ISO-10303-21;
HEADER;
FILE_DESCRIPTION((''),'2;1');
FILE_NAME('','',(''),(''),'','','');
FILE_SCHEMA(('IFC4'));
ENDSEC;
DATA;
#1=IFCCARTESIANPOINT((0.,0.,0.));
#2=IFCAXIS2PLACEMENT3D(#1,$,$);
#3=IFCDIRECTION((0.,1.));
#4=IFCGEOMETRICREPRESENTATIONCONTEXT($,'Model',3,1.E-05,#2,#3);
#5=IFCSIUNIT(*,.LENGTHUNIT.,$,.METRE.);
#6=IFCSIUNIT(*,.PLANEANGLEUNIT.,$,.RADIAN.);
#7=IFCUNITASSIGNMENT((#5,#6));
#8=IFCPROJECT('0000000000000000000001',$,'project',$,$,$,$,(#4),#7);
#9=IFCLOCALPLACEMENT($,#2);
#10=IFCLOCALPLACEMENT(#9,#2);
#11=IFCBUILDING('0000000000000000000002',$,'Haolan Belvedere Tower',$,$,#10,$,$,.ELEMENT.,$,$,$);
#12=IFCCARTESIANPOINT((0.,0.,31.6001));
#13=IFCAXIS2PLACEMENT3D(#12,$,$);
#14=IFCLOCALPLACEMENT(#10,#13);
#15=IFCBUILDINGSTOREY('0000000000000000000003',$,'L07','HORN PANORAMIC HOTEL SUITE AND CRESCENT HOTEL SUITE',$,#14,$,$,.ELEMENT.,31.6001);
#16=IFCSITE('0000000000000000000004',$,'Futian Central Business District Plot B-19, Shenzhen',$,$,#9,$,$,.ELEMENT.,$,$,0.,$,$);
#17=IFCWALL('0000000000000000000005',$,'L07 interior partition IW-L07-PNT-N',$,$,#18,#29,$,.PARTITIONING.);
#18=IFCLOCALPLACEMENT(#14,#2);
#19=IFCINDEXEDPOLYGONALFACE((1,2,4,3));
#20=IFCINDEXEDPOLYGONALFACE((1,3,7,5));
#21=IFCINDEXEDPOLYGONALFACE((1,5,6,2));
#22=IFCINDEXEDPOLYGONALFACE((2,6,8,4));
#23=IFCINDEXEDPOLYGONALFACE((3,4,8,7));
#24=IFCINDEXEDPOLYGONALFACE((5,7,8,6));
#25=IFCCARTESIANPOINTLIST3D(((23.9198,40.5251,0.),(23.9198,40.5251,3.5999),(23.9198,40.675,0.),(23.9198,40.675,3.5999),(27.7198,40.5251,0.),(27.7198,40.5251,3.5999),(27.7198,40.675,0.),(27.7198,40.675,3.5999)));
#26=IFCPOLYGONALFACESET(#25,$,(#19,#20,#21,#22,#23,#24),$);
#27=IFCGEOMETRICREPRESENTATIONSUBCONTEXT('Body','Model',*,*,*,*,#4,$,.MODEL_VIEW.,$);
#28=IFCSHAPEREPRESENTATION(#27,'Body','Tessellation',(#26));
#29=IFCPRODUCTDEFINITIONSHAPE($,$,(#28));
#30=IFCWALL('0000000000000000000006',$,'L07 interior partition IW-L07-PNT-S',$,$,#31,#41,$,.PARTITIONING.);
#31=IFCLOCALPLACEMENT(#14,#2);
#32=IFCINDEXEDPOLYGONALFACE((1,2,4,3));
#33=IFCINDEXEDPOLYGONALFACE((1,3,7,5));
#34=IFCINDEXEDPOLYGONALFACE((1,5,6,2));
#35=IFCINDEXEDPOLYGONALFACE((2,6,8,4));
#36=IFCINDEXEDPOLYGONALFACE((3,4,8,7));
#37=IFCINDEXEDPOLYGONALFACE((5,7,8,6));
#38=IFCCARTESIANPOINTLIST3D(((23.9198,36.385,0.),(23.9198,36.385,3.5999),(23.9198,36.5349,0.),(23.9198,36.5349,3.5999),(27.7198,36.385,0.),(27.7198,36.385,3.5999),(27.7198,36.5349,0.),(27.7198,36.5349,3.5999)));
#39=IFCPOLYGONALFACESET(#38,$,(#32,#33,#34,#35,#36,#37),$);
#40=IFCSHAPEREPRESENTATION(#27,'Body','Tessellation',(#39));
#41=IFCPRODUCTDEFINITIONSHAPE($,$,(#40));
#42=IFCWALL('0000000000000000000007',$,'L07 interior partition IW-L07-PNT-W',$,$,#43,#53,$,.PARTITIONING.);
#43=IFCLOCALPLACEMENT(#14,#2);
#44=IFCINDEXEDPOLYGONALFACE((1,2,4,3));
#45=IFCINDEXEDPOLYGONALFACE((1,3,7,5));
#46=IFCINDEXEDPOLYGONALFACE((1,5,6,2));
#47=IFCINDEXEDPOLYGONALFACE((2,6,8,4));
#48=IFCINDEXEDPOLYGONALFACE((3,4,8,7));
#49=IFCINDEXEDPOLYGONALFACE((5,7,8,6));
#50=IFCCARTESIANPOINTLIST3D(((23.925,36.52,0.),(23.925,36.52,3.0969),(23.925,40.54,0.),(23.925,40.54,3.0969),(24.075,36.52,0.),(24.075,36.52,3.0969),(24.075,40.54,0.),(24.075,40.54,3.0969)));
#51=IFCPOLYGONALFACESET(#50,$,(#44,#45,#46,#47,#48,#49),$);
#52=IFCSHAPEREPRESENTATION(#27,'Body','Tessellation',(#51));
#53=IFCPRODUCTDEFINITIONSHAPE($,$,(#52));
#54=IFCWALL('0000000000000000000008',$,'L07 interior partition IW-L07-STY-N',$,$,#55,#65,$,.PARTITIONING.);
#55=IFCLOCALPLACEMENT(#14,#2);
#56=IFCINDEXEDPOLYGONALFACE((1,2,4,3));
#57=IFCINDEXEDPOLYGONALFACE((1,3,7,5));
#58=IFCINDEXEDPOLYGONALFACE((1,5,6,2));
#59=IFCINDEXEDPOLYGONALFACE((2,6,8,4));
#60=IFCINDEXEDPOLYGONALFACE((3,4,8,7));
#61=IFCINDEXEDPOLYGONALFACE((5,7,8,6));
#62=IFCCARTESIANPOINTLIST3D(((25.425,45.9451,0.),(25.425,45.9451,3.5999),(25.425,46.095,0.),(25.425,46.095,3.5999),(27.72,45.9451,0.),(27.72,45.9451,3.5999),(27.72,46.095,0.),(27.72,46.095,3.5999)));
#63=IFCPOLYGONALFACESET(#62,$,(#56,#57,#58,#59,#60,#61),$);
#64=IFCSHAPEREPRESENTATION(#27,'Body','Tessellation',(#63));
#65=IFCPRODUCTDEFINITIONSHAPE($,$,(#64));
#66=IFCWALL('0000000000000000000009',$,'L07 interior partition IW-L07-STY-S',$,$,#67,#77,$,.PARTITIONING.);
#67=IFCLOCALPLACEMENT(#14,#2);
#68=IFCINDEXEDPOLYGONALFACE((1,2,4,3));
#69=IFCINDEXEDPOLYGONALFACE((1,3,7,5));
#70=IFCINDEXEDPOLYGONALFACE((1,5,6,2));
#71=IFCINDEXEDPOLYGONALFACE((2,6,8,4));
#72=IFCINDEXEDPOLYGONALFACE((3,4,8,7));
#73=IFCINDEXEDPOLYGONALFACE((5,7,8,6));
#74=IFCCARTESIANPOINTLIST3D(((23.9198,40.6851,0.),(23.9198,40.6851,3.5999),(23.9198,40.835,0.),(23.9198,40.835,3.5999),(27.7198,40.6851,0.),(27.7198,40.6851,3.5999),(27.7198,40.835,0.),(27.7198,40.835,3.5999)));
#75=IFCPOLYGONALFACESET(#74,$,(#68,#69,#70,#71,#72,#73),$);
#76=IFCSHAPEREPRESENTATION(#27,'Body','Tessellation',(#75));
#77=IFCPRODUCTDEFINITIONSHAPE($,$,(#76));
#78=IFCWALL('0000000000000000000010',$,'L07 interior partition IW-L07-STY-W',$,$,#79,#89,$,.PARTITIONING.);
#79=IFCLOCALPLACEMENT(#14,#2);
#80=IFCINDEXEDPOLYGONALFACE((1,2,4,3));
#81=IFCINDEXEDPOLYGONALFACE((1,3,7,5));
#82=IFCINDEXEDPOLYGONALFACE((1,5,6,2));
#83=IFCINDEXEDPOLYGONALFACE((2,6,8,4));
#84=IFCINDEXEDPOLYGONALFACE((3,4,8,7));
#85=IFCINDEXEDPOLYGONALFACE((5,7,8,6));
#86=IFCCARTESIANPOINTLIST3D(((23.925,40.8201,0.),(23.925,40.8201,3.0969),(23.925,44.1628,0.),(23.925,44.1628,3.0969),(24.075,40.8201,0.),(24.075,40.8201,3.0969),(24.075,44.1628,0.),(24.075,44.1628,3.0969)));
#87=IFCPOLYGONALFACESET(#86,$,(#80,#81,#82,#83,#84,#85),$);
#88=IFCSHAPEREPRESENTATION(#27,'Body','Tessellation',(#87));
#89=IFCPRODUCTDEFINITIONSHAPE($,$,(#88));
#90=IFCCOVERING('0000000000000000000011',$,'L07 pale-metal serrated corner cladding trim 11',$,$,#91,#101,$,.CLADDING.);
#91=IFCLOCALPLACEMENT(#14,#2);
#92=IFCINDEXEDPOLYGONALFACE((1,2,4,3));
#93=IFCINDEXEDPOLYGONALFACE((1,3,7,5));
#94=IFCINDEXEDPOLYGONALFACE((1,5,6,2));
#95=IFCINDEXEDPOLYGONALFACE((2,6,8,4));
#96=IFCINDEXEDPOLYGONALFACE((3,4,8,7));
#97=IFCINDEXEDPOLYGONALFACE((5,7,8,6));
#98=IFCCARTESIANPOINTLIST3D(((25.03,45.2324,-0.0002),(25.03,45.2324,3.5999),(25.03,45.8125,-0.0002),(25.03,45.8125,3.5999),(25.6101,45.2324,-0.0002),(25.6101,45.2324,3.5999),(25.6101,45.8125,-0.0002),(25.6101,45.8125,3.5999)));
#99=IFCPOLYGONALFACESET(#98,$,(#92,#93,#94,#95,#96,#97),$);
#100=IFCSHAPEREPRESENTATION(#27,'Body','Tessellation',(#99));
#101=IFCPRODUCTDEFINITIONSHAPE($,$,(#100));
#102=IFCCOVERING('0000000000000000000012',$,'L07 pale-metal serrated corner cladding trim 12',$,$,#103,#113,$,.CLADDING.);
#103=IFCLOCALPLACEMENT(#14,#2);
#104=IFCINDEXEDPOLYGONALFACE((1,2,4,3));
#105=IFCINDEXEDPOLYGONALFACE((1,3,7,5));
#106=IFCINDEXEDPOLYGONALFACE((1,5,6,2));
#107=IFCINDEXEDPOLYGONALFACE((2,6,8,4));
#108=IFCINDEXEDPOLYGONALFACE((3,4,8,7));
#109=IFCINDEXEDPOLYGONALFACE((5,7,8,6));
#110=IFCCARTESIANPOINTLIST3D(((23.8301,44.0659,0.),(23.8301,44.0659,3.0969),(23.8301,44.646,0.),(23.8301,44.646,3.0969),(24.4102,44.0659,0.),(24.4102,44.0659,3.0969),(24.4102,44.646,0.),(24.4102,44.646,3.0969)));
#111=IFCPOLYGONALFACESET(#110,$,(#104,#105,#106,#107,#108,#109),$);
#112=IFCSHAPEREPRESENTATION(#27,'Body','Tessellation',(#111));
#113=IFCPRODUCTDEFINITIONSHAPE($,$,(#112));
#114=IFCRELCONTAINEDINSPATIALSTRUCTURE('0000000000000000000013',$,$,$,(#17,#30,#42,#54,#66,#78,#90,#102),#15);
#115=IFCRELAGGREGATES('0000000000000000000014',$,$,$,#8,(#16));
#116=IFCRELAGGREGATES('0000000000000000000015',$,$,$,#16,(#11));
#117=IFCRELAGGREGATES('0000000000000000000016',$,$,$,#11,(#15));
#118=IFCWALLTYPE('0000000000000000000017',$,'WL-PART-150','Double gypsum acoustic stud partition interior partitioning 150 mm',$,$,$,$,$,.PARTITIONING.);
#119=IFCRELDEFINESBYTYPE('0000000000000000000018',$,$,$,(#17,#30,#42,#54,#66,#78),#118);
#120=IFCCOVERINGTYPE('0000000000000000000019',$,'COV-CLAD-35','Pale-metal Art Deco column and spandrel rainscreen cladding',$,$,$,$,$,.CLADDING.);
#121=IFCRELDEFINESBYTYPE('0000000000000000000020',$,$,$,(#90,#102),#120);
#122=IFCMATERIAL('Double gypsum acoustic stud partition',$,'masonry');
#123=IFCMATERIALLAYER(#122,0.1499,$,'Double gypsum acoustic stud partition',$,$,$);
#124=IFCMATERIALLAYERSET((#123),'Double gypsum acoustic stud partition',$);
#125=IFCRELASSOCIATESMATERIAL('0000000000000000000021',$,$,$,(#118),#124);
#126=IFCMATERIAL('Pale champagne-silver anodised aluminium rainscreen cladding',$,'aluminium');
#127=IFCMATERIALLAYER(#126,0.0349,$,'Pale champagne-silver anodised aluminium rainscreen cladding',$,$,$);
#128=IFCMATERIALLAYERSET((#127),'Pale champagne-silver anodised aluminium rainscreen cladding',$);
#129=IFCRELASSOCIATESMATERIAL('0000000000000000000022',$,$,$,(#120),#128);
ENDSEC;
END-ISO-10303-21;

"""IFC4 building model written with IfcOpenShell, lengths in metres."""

from ifc_helpers import new_model, si_unit, direction, frame, frame_2d, origin, origin_2d, place, context, subcontext, project, spatial, rectangle, extrude, material, layer, layer_set, type_object, element, save


model = new_model("IFC4")

# Units and contexts
model_context = context("Model", 3, precision=1e-05, world=origin(), true_north=direction((0.0, 1.0)))
body_context = subcontext(model_context, "Body", "Model", "MODEL_VIEW")
ifc_project = project(units=[si_unit("LENGTHUNIT", "METRE"), si_unit("PLANEANGLEUNIT", "RADIAN")], contexts=[model_context])

# Site, building, storey
site_placement = place(None, origin())
site = spatial("IfcSite", under=ifc_project, at=site_placement, Name="Futian Central Business District Plot B-19, Shenzhen", CompositionType="ELEMENT", RefElevation=0.0)
building_placement = place(site_placement, origin())
building = spatial("IfcBuilding", under=site, at=building_placement, Name="Haolan Belvedere Tower", CompositionType="ELEMENT")
storey_placement = place(building_placement, frame((0.0, 0.0, 31.6001)))
storey = spatial("IfcBuildingStorey", under=building, at=storey_placement, Name="L07", Description="HORN PANORAMIC HOTEL SUITE AND CRESCENT HOTEL SUITE", CompositionType="ELEMENT", Elevation=31.6001)

# Walls
ifc_material_1 = material(Name="Double gypsum acoustic stud partition", Category="masonry")
ifc_layer_1 = layer(ifc_material_1, 0.1499, Name="Double gypsum acoustic stud partition")
ifc_layer_set_1 = layer_set([ifc_layer_1], Name="Double gypsum acoustic stud partition")
wall_type_1 = type_object("IfcWallType", Name="WL-PART-150", Description="Double gypsum acoustic stud partition interior partitioning 150 mm", PredefinedType="PARTITIONING", material=ifc_layer_set_1)
for number, where, z_axis, x_axis, name in (
    (1, (23.9199, 40.6001, 0.0), (0.0, 0.0, 1.0), (1.0, 0.0, 0.0), "L07 interior partition IW-L07-PNT-N"),
    (2, (23.9199, 36.46, 0.0), (0.0, 0.0, 1.0), (1.0, 0.0, 0.0), "L07 interior partition IW-L07-PNT-S"),
):
    element("IfcWall", number, at=place(storey_placement, frame(where, z_axis=z_axis, x_axis=x_axis)), inside=storey, type_object=wall_type_1, Name=name, PredefinedType="PARTITIONING", context=body_context, shape_type="SweptSolid", body=[
        extrude(rectangle(XDim=3.8, YDim=0.1499, at=frame_2d((1.8999, 0.0))), origin(), (0.0, 0.0, 1.0), 3.5999),
    ])
wall_1_placement = place(storey_placement, frame((24.0, 36.52, 0.0), z_axis=(0.0, 0.0, 1.0), x_axis=(0.0, 1.0, 0.0)))
element("IfcWall", 3, at=wall_1_placement, inside=storey, type_object=wall_type_1, Name="L07 interior partition IW-L07-PNT-W", PredefinedType="PARTITIONING", context=body_context, shape_type="SweptSolid", body=[
    extrude(rectangle(XDim=4.02, YDim=0.1499, at=frame_2d((2.01, 0.0))), origin(), (0.0, 0.0, 1.0), 3.0969),
])
wall_2_placement = place(storey_placement, frame((25.425, 46.02, 0.0), z_axis=(0.0, 0.0, 1.0), x_axis=(1.0, 0.0, 0.0)))
element("IfcWall", 4, at=wall_2_placement, inside=storey, type_object=wall_type_1, Name="L07 interior partition IW-L07-STY-N", PredefinedType="PARTITIONING", context=body_context, shape_type="SweptSolid", body=[
    extrude(rectangle(XDim=2.2949, YDim=0.1499, at=frame_2d((1.1475, 0.0))), origin(), (0.0, 0.0, 1.0), 3.5999),
])
wall_3_placement = place(storey_placement, frame((23.9199, 40.76, 0.0), z_axis=(0.0, 0.0, 1.0), x_axis=(1.0, 0.0, 0.0)))
element("IfcWall", 5, at=wall_3_placement, inside=storey, type_object=wall_type_1, Name="L07 interior partition IW-L07-STY-S", PredefinedType="PARTITIONING", context=body_context, shape_type="SweptSolid", body=[
    extrude(rectangle(XDim=3.8, YDim=0.1499, at=frame_2d((1.8999, 0.0))), origin(), (0.0, 0.0, 1.0), 3.5999),
])
wall_4_placement = place(storey_placement, frame((24.0, 40.8201, 0.0), z_axis=(0.0, 0.0, 1.0), x_axis=(0.0, 1.0, 0.0)))
element("IfcWall", 6, at=wall_4_placement, inside=storey, type_object=wall_type_1, Name="L07 interior partition IW-L07-STY-W", PredefinedType="PARTITIONING", context=body_context, shape_type="SweptSolid", body=[
    extrude(rectangle(XDim=3.3428, YDim=0.1499, at=frame_2d((1.6714, 0.0))), origin(), (0.0, 0.0, 1.0), 3.0969),
])

# Coverings
ifc_material_2 = material(Name="Pale champagne-silver anodised aluminium rainscreen cladding", Category="aluminium")
ifc_layer_2 = layer(ifc_material_2, 0.0349, Name="Pale champagne-silver anodised aluminium rainscreen cladding")
ifc_layer_set_2 = layer_set([ifc_layer_2], Name="Pale champagne-silver anodised aluminium rainscreen cladding")
covering_type = type_object("IfcCoveringType", Name="COV-CLAD-35", Description="Pale-metal Art Deco column and spandrel rainscreen cladding", PredefinedType="CLADDING", material=ifc_layer_set_2)
covering_1_placement = place(storey_placement, frame((25.3201, 45.5225, -0.0002), z_axis=(0.0, 0.0, 1.0), x_axis=(1.0, 0.0, 0.0)))
element("IfcCovering", 7, at=covering_1_placement, inside=storey, type_object=covering_type, Name="L07 pale-metal serrated corner cladding trim 11", PredefinedType="CLADDING", context=body_context, shape_type="SweptSolid", body=[
    extrude(rectangle(XDim=0.5801, YDim=0.5801, at=origin_2d()), origin(), (0.0, 0.0, 1.0), 3.6001),
])
covering_2_placement = place(storey_placement, frame((24.1201, 44.356, 0.0), z_axis=(0.0, 0.0, 1.0), x_axis=(1.0, 0.0, 0.0)))
element("IfcCovering", 8, at=covering_2_placement, inside=storey, type_object=covering_type, Name="L07 pale-metal serrated corner cladding trim 12", PredefinedType="CLADDING", context=body_context, shape_type="SweptSolid", body=[
    extrude(rectangle(XDim=0.5801, YDim=0.5801, at=origin_2d()), origin(), (0.0, 0.0, 1.0), 3.0969),
])

save(model, "model.ifc")
